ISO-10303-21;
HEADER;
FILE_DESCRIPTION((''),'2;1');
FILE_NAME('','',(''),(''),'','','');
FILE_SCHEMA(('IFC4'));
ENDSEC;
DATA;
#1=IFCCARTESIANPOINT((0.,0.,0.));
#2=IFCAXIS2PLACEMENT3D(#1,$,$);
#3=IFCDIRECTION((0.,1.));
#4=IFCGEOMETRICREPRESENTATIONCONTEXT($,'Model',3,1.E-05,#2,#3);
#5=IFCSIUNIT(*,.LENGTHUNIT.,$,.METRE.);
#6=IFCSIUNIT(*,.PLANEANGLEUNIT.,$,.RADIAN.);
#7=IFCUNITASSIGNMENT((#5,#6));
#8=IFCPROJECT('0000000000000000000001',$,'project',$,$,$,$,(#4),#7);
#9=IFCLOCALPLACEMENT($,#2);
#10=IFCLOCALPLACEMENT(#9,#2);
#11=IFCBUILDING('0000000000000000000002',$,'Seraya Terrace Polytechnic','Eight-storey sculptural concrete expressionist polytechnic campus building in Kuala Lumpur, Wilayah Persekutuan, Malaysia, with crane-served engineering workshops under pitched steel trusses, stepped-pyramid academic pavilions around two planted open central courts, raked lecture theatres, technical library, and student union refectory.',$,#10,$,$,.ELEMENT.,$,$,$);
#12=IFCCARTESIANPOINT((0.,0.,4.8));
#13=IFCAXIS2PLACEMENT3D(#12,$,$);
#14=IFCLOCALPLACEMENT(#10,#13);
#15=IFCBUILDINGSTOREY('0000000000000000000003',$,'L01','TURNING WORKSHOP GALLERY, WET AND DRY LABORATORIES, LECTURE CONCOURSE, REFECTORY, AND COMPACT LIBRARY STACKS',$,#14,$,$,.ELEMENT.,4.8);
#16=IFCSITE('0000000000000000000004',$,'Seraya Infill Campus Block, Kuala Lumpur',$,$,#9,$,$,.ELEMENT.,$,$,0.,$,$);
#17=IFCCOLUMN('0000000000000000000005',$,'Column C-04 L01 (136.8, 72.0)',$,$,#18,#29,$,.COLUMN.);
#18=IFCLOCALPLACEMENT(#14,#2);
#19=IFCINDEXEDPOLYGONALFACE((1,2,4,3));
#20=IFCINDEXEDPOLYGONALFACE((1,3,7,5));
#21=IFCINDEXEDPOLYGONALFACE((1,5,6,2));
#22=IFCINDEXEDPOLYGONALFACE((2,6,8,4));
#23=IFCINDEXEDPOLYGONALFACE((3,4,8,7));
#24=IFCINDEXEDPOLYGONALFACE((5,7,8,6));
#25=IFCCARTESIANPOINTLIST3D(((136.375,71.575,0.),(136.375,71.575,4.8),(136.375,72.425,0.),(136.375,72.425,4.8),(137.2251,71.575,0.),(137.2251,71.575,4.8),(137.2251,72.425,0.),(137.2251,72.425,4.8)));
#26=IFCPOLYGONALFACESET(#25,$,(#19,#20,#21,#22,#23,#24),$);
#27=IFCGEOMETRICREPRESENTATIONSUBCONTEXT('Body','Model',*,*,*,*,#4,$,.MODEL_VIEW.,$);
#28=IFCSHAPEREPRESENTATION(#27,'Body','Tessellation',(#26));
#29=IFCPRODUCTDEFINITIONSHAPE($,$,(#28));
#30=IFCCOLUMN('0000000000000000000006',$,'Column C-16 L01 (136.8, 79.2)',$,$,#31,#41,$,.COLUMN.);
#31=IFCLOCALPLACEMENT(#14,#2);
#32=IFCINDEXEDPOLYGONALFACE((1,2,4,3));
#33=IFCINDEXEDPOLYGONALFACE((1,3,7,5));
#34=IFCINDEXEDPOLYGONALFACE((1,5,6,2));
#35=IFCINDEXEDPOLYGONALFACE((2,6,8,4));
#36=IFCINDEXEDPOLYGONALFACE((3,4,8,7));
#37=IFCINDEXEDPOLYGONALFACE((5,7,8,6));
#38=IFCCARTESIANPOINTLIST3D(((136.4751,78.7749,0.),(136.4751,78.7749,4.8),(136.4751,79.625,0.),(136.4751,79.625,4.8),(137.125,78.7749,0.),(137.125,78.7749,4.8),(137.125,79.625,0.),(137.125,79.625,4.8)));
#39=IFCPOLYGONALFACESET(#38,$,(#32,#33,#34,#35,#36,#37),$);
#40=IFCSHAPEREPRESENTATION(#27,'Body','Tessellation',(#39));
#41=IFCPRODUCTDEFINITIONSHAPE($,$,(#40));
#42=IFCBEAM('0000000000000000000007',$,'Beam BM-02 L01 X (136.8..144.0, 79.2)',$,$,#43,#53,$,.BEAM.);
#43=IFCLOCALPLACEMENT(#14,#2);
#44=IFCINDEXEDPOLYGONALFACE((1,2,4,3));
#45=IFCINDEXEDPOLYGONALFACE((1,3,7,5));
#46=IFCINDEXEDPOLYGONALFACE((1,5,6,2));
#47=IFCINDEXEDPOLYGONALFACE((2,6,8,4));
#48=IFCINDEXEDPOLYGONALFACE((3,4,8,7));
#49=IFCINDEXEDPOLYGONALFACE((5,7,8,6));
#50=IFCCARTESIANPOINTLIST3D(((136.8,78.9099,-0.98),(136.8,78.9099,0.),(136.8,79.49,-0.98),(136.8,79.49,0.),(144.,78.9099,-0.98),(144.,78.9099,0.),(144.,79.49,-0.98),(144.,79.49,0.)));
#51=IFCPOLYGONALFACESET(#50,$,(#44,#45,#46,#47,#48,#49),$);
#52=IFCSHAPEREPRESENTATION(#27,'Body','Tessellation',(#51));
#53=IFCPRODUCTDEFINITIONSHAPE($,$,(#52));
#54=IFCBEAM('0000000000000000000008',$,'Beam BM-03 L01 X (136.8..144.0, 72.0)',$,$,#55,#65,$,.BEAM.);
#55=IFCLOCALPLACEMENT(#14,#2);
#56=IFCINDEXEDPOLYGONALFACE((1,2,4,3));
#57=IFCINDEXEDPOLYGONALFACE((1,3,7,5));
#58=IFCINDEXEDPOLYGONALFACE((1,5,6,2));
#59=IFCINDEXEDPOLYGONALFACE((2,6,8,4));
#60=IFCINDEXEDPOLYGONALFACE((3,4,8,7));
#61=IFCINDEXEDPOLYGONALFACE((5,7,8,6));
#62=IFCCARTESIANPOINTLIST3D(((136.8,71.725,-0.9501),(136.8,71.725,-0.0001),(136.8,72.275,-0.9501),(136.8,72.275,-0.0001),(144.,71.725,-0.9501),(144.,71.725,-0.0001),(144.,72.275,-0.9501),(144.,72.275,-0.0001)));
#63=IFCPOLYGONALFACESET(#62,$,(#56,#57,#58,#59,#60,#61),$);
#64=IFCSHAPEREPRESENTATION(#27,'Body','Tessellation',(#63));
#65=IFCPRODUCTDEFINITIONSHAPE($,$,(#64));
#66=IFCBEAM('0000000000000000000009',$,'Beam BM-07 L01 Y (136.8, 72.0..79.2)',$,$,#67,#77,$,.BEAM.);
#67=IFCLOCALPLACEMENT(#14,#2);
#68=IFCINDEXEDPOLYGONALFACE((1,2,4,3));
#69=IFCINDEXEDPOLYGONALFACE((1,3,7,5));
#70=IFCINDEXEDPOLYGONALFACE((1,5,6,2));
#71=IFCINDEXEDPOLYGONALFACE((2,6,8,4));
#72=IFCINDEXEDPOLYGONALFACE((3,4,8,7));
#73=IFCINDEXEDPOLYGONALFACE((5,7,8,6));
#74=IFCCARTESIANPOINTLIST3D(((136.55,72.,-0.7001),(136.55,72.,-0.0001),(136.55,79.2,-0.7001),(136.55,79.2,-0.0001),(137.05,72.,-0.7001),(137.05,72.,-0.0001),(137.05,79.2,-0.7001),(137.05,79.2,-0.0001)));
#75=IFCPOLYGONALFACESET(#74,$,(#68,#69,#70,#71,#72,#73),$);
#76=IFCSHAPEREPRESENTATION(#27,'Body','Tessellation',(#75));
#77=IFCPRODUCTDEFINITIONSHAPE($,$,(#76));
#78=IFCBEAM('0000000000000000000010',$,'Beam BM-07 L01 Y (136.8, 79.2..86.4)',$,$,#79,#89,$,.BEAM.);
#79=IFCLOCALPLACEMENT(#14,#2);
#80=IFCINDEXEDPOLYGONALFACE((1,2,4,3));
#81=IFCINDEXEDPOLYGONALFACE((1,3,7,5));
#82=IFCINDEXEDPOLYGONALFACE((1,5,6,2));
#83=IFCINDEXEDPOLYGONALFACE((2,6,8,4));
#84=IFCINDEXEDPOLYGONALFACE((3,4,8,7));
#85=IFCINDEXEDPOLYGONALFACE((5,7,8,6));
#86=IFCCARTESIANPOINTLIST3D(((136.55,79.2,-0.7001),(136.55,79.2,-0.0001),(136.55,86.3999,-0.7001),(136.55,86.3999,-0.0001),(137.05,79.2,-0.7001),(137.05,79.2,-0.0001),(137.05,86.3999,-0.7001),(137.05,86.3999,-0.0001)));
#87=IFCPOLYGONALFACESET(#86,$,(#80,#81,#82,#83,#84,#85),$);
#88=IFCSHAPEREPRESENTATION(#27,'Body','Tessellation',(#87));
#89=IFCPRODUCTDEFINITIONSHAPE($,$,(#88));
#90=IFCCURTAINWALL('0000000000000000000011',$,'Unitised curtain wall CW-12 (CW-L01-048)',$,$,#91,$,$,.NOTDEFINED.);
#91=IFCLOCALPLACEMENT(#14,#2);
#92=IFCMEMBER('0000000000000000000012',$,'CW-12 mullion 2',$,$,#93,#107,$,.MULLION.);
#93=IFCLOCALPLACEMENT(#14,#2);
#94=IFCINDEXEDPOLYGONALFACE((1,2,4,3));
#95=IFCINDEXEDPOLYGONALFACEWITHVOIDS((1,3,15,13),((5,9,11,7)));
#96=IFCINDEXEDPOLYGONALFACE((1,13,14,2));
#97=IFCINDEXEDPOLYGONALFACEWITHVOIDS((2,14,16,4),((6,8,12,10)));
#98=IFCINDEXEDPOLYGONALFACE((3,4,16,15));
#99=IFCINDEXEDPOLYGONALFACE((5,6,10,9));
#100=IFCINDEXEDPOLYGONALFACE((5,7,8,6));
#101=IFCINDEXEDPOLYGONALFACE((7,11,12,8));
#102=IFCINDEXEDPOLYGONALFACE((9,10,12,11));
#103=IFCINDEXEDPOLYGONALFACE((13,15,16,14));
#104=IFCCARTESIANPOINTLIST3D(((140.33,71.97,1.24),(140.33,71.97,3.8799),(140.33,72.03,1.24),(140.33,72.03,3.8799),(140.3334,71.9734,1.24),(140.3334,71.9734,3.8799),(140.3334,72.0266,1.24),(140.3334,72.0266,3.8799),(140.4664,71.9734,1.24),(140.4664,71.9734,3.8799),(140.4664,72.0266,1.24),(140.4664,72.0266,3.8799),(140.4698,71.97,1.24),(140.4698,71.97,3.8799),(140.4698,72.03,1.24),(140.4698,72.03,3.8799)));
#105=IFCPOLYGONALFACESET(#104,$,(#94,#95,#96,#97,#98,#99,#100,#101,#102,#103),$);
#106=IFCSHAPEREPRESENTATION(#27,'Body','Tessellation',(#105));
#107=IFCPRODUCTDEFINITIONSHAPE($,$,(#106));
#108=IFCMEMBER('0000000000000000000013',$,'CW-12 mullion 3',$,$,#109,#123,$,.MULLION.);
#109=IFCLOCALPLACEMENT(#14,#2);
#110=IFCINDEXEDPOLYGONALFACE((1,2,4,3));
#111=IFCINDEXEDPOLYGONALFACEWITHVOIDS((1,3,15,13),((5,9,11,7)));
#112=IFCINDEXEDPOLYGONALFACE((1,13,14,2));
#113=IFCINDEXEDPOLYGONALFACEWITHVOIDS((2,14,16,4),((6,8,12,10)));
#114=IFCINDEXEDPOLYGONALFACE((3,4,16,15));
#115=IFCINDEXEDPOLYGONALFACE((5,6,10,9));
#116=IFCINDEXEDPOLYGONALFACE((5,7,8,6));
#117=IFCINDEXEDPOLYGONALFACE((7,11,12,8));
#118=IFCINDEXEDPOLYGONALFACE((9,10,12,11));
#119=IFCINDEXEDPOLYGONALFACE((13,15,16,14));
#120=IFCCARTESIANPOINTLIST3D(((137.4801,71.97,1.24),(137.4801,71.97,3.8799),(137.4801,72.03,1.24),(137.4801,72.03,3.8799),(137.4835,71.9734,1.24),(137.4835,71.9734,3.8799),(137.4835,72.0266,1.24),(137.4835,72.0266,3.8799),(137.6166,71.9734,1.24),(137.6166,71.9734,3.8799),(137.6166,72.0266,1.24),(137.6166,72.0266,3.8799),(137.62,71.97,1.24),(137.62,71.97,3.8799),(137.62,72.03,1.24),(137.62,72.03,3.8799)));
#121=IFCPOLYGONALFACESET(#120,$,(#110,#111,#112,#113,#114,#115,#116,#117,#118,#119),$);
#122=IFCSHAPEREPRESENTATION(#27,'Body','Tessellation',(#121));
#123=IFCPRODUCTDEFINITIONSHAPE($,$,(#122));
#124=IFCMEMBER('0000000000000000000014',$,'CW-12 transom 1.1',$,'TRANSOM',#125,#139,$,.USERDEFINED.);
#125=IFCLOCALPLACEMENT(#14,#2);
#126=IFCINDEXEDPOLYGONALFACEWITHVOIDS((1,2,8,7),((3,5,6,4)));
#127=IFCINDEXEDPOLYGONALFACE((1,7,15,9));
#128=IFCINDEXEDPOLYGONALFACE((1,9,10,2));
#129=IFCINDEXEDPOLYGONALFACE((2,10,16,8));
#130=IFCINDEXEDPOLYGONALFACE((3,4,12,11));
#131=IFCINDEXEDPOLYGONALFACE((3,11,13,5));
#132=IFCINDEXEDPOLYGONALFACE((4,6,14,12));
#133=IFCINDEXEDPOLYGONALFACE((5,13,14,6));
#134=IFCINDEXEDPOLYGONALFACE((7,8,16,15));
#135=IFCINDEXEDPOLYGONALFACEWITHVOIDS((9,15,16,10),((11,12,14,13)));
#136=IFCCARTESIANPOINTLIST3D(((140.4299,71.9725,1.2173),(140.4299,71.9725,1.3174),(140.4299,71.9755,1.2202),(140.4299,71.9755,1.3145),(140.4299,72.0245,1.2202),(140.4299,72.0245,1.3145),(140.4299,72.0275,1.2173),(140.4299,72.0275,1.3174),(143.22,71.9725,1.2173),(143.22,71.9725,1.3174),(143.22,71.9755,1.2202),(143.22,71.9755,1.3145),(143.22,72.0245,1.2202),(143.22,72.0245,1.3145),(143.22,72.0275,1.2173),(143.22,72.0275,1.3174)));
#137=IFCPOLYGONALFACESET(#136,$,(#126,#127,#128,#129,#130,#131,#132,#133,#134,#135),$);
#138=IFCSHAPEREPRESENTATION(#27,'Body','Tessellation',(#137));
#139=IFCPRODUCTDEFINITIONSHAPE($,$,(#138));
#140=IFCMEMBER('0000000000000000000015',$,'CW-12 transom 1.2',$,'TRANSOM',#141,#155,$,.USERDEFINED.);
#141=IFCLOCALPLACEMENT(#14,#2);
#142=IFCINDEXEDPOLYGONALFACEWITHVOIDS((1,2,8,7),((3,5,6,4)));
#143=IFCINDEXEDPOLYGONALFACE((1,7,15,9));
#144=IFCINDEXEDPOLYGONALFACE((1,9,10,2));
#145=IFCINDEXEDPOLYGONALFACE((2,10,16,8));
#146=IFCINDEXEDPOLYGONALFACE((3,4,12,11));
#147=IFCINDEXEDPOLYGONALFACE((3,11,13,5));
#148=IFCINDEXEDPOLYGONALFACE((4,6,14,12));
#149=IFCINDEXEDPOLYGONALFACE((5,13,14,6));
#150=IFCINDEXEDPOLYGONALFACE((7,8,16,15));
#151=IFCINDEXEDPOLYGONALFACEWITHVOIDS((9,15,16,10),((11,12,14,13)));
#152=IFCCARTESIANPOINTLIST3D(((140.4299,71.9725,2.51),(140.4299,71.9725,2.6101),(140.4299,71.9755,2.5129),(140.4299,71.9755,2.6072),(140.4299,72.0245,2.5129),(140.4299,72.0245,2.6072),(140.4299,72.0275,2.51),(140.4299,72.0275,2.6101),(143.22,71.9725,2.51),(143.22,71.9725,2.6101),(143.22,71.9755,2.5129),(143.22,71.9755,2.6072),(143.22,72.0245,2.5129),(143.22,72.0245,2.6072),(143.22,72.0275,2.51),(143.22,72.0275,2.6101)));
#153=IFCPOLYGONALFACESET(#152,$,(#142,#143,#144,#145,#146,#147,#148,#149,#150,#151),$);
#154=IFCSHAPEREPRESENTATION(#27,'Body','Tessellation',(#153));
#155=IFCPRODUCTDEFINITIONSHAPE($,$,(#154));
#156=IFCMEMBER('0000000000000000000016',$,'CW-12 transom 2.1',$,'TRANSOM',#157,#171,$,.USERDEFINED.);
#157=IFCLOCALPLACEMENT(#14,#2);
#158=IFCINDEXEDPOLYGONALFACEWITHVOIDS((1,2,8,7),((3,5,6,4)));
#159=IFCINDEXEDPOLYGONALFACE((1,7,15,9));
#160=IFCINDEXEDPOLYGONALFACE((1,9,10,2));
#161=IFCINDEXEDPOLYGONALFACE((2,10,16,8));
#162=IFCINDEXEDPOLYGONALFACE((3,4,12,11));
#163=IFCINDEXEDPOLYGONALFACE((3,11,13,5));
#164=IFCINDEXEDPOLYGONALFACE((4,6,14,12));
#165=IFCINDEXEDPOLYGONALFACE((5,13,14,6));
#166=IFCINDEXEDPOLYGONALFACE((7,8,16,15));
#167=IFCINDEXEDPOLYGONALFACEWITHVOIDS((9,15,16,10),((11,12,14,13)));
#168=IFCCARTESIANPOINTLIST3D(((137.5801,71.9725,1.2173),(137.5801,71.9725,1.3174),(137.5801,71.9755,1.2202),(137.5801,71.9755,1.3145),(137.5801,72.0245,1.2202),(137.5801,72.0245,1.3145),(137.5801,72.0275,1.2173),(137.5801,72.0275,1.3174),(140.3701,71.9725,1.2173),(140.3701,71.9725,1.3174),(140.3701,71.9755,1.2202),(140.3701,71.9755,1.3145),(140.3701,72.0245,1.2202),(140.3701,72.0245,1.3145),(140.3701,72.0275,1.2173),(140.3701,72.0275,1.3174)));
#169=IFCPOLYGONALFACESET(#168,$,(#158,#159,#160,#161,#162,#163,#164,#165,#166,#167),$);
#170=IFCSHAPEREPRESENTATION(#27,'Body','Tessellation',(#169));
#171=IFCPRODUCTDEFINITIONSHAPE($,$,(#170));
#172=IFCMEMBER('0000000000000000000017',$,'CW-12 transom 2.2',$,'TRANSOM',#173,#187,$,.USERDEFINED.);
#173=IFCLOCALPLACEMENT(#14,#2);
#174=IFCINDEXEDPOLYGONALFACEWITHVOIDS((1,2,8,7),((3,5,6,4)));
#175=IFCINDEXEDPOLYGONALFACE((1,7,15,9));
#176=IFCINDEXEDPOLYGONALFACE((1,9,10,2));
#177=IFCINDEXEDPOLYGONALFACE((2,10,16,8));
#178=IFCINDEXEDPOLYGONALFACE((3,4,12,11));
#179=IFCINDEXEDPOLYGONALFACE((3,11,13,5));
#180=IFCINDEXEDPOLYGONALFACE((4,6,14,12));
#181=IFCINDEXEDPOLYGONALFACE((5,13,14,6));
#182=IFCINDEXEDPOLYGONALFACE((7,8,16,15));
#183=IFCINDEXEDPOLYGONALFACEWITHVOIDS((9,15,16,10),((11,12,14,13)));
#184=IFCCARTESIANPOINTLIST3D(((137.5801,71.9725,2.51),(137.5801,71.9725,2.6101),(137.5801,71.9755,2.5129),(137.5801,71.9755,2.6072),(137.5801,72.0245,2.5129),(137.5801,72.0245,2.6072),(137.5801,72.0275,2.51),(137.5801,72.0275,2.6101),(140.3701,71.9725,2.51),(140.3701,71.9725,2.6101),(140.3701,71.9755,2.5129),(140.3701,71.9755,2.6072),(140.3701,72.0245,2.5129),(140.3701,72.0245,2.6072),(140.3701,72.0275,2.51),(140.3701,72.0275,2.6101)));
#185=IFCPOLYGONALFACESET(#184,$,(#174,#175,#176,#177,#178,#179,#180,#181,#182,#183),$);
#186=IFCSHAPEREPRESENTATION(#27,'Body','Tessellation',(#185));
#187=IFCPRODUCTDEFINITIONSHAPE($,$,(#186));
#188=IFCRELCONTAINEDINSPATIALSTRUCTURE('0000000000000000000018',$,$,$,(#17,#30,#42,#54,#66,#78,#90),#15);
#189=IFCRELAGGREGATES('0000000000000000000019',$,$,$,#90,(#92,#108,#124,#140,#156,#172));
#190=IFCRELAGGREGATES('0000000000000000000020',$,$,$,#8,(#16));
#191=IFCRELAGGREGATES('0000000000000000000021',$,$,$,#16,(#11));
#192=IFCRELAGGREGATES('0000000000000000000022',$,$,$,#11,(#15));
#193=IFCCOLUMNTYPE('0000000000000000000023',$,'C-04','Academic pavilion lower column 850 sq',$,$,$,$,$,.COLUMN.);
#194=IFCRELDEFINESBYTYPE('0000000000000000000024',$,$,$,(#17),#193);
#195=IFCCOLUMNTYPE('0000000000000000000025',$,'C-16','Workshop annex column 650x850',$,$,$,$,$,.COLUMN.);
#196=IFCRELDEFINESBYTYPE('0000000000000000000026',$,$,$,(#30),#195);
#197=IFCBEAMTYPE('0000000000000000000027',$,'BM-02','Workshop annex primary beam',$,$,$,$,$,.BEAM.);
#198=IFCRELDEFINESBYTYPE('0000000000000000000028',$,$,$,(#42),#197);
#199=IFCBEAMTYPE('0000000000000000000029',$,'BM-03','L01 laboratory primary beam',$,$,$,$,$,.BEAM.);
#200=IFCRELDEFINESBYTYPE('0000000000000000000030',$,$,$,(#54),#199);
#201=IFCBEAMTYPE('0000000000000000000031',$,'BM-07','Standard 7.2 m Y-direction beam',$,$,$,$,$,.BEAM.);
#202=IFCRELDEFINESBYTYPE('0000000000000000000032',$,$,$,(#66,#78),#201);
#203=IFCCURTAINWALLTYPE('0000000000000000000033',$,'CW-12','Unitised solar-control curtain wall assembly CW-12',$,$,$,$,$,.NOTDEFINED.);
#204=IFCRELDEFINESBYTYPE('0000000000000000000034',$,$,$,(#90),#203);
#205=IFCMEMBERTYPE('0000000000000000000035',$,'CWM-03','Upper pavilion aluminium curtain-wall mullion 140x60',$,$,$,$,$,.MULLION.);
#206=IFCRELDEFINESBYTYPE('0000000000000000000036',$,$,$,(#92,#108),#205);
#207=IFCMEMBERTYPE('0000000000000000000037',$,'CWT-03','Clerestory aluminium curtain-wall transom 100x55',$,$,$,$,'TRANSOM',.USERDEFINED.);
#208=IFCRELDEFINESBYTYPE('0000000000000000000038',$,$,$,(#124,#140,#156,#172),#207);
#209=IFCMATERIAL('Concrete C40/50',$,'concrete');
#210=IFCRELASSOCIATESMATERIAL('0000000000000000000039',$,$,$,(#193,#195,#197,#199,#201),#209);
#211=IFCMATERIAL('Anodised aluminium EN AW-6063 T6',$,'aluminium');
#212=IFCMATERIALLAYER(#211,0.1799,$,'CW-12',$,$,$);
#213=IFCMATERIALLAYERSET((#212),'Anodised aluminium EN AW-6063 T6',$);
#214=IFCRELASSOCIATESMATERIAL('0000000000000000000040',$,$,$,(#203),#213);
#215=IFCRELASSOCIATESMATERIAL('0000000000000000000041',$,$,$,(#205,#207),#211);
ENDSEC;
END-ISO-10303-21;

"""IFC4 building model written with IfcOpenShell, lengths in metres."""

from ifc_helpers import new_model, si_unit, direction, frame, origin, origin_2d, place, context, subcontext, project, spatial, rectangle, hollow_rectangle, extrude, material, layer, layer_set, material_profile, profile_set, type_object, element, aggregate, save


model = new_model("IFC4")

# Units and contexts
model_context = context("Model", 3, precision=1e-05, world=origin(), true_north=direction((0.0, 1.0)))
body_context = subcontext(model_context, "Body", "Model", "MODEL_VIEW")
ifc_project = project(units=[si_unit("LENGTHUNIT", "METRE"), si_unit("PLANEANGLEUNIT", "RADIAN")], contexts=[model_context])

# Site, building, storey
site_placement = place(None, origin())
site = spatial("IfcSite", under=ifc_project, at=site_placement, Name="Seraya Infill Campus Block, Kuala Lumpur", CompositionType="ELEMENT", RefElevation=0.0)
building_placement = place(site_placement, origin())
building = spatial("IfcBuilding", under=site, at=building_placement, Name="Seraya Terrace Polytechnic", Description="Eight-storey sculptural concrete expressionist polytechnic campus building in Kuala Lumpur, Wilayah Persekutuan, Malaysia, with crane-served engineering workshops under pitched steel trusses, stepped-pyramid academic pavilions around two planted open central courts, raked lecture theatres, technical library, and student union refectory.", CompositionType="ELEMENT")
storey_placement = place(building_placement, frame((0.0, 0.0, 4.8)))
storey = spatial("IfcBuildingStorey", under=building, at=storey_placement, Name="L01", Description="TURNING WORKSHOP GALLERY, WET AND DRY LABORATORIES, LECTURE CONCOURSE, REFECTORY, AND COMPACT LIBRARY STACKS", CompositionType="ELEMENT", Elevation=4.8)

# Columns
ifc_material_1 = material(Name="Concrete C40/50", Category="concrete")
ifc_material_profile_1 = material_profile(ifc_material_1, rectangle(XDim=0.8501, YDim=0.8501, at=origin_2d()), Name="RC 850x850")
ifc_profile_set_1 = profile_set([ifc_material_profile_1], Name="Concrete C40/50")
column_type_1 = type_object("IfcColumnType", Name="C-04", Description="Academic pavilion lower column 850 sq", PredefinedType="COLUMN", material=ifc_profile_set_1)
column_1_placement = place(storey_placement, frame((136.8, 72.0, 0.0), z_axis=(0.0, 0.0, 1.0), x_axis=(1.0, 0.0, 0.0)))
element("IfcColumn", 1, at=column_1_placement, inside=storey, type_object=column_type_1, Name="Column C-04 L01 (136.8, 72.0)", PredefinedType="COLUMN", context=body_context, shape_type="SweptSolid", body=[
    extrude(rectangle(XDim=0.8501, YDim=0.8501, at=origin_2d()), origin(), (0.0, 0.0, 1.0), 4.8),
])
ifc_material_profile_2 = material_profile(ifc_material_1, rectangle(XDim=0.6499, YDim=0.8501, at=origin_2d()), Name="RC 650x850")
ifc_profile_set_2 = profile_set([ifc_material_profile_2], Name="Concrete C40/50")
column_type_2 = type_object("IfcColumnType", Name="C-16", Description="Workshop annex column 650x850", PredefinedType="COLUMN", material=ifc_profile_set_2)
column_2_placement = place(storey_placement, frame((136.8, 79.2, 0.0), z_axis=(0.0, 0.0, 1.0), x_axis=(1.0, 0.0, 0.0)))
element("IfcColumn", 2, at=column_2_placement, inside=storey, type_object=column_type_2, Name="Column C-16 L01 (136.8, 79.2)", PredefinedType="COLUMN", context=body_context, shape_type="SweptSolid", body=[
    extrude(rectangle(XDim=0.6499, YDim=0.8501, at=origin_2d()), origin(), (0.0, 0.0, 1.0), 4.8),
])

# Beams
ifc_material_profile_3 = material_profile(ifc_material_1, rectangle(XDim=0.5801, YDim=0.98, at=origin_2d()), Name="RC 580x980")
ifc_profile_set_3 = profile_set([ifc_material_profile_3], Name="Concrete C40/50")
beam_type_1 = type_object("IfcBeamType", Name="BM-02", Description="Workshop annex primary beam", PredefinedType="BEAM", material=ifc_profile_set_3)
beam_1_placement = place(storey_placement, frame((136.8, 79.2, -0.49), z_axis=(1.0, 0.0, 0.0), x_axis=(0.0, 1.0, 0.0)))
element("IfcBeam", 3, at=beam_1_placement, inside=storey, type_object=beam_type_1, Name="Beam BM-02 L01 X (136.8..144.0, 79.2)", PredefinedType="BEAM", context=body_context, shape_type="SweptSolid", body=[
    extrude(rectangle(XDim=0.5801, YDim=0.98, at=origin_2d()), origin(), (0.0, 0.0, 1.0), 7.2),
])
ifc_material_profile_4 = material_profile(ifc_material_1, rectangle(XDim=0.55, YDim=0.95, at=origin_2d()), Name="RC 550x950")
ifc_profile_set_4 = profile_set([ifc_material_profile_4], Name="Concrete C40/50")
beam_type_2 = type_object("IfcBeamType", Name="BM-03", Description="L01 laboratory primary beam", PredefinedType="BEAM", material=ifc_profile_set_4)
beam_2_placement = place(storey_placement, frame((136.8, 72.0, -0.4751), z_axis=(1.0, 0.0, 0.0), x_axis=(0.0, 1.0, 0.0)))
element("IfcBeam", 4, at=beam_2_placement, inside=storey, type_object=beam_type_2, Name="Beam BM-03 L01 X (136.8..144.0, 72.0)", PredefinedType="BEAM", context=body_context, shape_type="SweptSolid", body=[
    extrude(rectangle(XDim=0.55, YDim=0.95, at=origin_2d()), origin(), (0.0, 0.0, 1.0), 7.2),
])
ifc_material_profile_5 = material_profile(ifc_material_1, rectangle(XDim=0.5, YDim=0.7, at=origin_2d()), Name="RC 500x700")
ifc_profile_set_5 = profile_set([ifc_material_profile_5], Name="Concrete C40/50")
beam_type_3 = type_object("IfcBeamType", Name="BM-07", Description="Standard 7.2 m Y-direction beam", PredefinedType="BEAM", material=ifc_profile_set_5)
for number, where, z_axis, x_axis, name in (
    (5, (136.8, 72.0, -0.3501), (0.0, 1.0, 0.0), (-1.0, 0.0, 0.0), "Beam BM-07 L01 Y (136.8, 72.0..79.2)"),
    (6, (136.8, 79.2, -0.3501), (0.0, 1.0, 0.0), (-1.0, 0.0, 0.0), "Beam BM-07 L01 Y (136.8, 79.2..86.4)"),
):
    element("IfcBeam", number, at=place(storey_placement, frame(where, z_axis=z_axis, x_axis=x_axis)), inside=storey, type_object=beam_type_3, Name=name, PredefinedType="BEAM", context=body_context, shape_type="SweptSolid", body=[
        extrude(rectangle(XDim=0.5, YDim=0.7, at=origin_2d()), origin(), (0.0, 0.0, 1.0), 7.2),
    ])

# Curtain wall, members
ifc_material_2 = material(Name="Anodised aluminium EN AW-6063 T6", Category="aluminium")
ifc_layer_1 = layer(ifc_material_2, 0.1799, Name="CW-12")
ifc_layer_set_1 = layer_set([ifc_layer_1], Name="Anodised aluminium EN AW-6063 T6")
curtain_wall_type = type_object("IfcCurtainWallType", Name="CW-12", Description="Unitised solar-control curtain wall assembly CW-12", PredefinedType="NOTDEFINED", material=ifc_layer_set_1)
curtain_wall_placement = place(storey_placement, origin())
curtain_wall = element("IfcCurtainWall", 7, at=curtain_wall_placement, inside=storey, type_object=curtain_wall_type, Name="Unitised curtain wall CW-12 (CW-L01-048)", PredefinedType="NOTDEFINED")
ifc_material_profile_6 = material_profile(ifc_material_2, hollow_rectangle(XDim=0.0601, YDim=0.1399, WallThickness=0.0034, at=origin_2d()), Name="RHS 140x60x3.5")
ifc_profile_set_6 = profile_set([ifc_material_profile_6], Name="Anodised aluminium EN AW-6063 T6")
member_type_1 = type_object("IfcMemberType", Name="CWM-03", Description="Upper pavilion aluminium curtain-wall mullion 140x60", PredefinedType="MULLION", material=ifc_profile_set_6)
member_1_placement = place(storey_placement, frame((140.3999, 72.0, 1.24), z_axis=(0.0, 0.0, 1.0), x_axis=(0.0, -1.0, 0.0)))
member_1 = element("IfcMember", 8, at=member_1_placement, type_object=member_type_1, Name="CW-12 mullion 2", PredefinedType="MULLION", context=body_context, shape_type="SweptSolid", body=[
    extrude(hollow_rectangle(XDim=0.0601, YDim=0.1399, WallThickness=0.0034, at=origin_2d()), origin(), (0.0, 0.0, 1.0), 2.6399),
])
member_2_placement = place(storey_placement, frame((137.55, 72.0, 1.24), z_axis=(0.0, 0.0, 1.0), x_axis=(0.0, -1.0, 0.0)))
member_2 = element("IfcMember", 9, at=member_2_placement, type_object=member_type_1, Name="CW-12 mullion 3", PredefinedType="MULLION", context=body_context, shape_type="SweptSolid", body=[
    extrude(hollow_rectangle(XDim=0.0601, YDim=0.1399, WallThickness=0.0034, at=origin_2d()), origin(), (0.0, 0.0, 1.0), 2.6399),
])
ifc_material_profile_7 = material_profile(ifc_material_2, hollow_rectangle(XDim=0.0549, YDim=0.1001, WallThickness=0.0029, at=origin_2d()), Name="RHS 100x55x3.0")
ifc_profile_set_7 = profile_set([ifc_material_profile_7], Name="Anodised aluminium EN AW-6063 T6")
member_type_2 = type_object("IfcMemberType", Name="CWT-03", Description="Clerestory aluminium curtain-wall transom 100x55", ElementType="TRANSOM", PredefinedType="USERDEFINED", material=ifc_profile_set_7)
member_3_placement = place(storey_placement, frame((143.22, 72.0, 1.2673), z_axis=(-1.0, 0.0, 0.0), x_axis=(0.0, -1.0, 0.0)))
member_3 = element("IfcMember", 10, at=member_3_placement, type_object=member_type_2, Name="CW-12 transom 1.1", ObjectType="TRANSOM", PredefinedType="USERDEFINED", context=body_context, shape_type="SweptSolid", body=[
    extrude(hollow_rectangle(XDim=0.0549, YDim=0.1001, WallThickness=0.0029, at=origin_2d()), origin(), (0.0, 0.0, 1.0), 2.79),
])
member_4_placement = place(storey_placement, frame((143.22, 72.0, 2.5601), z_axis=(-1.0, 0.0, 0.0), x_axis=(0.0, -1.0, 0.0)))
member_4 = element("IfcMember", 11, at=member_4_placement, type_object=member_type_2, Name="CW-12 transom 1.2", ObjectType="TRANSOM", PredefinedType="USERDEFINED", context=body_context, shape_type="SweptSolid", body=[
    extrude(hollow_rectangle(XDim=0.0549, YDim=0.1001, WallThickness=0.0029, at=origin_2d()), origin(), (0.0, 0.0, 1.0), 2.79),
])
member_5_placement = place(storey_placement, frame((140.3701, 72.0, 1.2673), z_axis=(-1.0, 0.0, 0.0), x_axis=(0.0, -1.0, 0.0)))
member_5 = element("IfcMember", 12, at=member_5_placement, type_object=member_type_2, Name="CW-12 transom 2.1", ObjectType="TRANSOM", PredefinedType="USERDEFINED", context=body_context, shape_type="SweptSolid", body=[
    extrude(hollow_rectangle(XDim=0.0549, YDim=0.1001, WallThickness=0.0029, at=origin_2d()), origin(), (0.0, 0.0, 1.0), 2.79),
])
member_6_placement = place(storey_placement, frame((140.3701, 72.0, 2.5601), z_axis=(-1.0, 0.0, 0.0), x_axis=(0.0, -1.0, 0.0)))
member_6 = element("IfcMember", 13, at=member_6_placement, type_object=member_type_2, Name="CW-12 transom 2.2", ObjectType="TRANSOM", PredefinedType="USERDEFINED", context=body_context, shape_type="SweptSolid", body=[
    extrude(hollow_rectangle(XDim=0.0549, YDim=0.1001, WallThickness=0.0029, at=origin_2d()), origin(), (0.0, 0.0, 1.0), 2.79),
])
aggregate(curtain_wall, [member_1, member_2, member_3, member_4, member_5, member_6])

save(model, "model.ifc")
